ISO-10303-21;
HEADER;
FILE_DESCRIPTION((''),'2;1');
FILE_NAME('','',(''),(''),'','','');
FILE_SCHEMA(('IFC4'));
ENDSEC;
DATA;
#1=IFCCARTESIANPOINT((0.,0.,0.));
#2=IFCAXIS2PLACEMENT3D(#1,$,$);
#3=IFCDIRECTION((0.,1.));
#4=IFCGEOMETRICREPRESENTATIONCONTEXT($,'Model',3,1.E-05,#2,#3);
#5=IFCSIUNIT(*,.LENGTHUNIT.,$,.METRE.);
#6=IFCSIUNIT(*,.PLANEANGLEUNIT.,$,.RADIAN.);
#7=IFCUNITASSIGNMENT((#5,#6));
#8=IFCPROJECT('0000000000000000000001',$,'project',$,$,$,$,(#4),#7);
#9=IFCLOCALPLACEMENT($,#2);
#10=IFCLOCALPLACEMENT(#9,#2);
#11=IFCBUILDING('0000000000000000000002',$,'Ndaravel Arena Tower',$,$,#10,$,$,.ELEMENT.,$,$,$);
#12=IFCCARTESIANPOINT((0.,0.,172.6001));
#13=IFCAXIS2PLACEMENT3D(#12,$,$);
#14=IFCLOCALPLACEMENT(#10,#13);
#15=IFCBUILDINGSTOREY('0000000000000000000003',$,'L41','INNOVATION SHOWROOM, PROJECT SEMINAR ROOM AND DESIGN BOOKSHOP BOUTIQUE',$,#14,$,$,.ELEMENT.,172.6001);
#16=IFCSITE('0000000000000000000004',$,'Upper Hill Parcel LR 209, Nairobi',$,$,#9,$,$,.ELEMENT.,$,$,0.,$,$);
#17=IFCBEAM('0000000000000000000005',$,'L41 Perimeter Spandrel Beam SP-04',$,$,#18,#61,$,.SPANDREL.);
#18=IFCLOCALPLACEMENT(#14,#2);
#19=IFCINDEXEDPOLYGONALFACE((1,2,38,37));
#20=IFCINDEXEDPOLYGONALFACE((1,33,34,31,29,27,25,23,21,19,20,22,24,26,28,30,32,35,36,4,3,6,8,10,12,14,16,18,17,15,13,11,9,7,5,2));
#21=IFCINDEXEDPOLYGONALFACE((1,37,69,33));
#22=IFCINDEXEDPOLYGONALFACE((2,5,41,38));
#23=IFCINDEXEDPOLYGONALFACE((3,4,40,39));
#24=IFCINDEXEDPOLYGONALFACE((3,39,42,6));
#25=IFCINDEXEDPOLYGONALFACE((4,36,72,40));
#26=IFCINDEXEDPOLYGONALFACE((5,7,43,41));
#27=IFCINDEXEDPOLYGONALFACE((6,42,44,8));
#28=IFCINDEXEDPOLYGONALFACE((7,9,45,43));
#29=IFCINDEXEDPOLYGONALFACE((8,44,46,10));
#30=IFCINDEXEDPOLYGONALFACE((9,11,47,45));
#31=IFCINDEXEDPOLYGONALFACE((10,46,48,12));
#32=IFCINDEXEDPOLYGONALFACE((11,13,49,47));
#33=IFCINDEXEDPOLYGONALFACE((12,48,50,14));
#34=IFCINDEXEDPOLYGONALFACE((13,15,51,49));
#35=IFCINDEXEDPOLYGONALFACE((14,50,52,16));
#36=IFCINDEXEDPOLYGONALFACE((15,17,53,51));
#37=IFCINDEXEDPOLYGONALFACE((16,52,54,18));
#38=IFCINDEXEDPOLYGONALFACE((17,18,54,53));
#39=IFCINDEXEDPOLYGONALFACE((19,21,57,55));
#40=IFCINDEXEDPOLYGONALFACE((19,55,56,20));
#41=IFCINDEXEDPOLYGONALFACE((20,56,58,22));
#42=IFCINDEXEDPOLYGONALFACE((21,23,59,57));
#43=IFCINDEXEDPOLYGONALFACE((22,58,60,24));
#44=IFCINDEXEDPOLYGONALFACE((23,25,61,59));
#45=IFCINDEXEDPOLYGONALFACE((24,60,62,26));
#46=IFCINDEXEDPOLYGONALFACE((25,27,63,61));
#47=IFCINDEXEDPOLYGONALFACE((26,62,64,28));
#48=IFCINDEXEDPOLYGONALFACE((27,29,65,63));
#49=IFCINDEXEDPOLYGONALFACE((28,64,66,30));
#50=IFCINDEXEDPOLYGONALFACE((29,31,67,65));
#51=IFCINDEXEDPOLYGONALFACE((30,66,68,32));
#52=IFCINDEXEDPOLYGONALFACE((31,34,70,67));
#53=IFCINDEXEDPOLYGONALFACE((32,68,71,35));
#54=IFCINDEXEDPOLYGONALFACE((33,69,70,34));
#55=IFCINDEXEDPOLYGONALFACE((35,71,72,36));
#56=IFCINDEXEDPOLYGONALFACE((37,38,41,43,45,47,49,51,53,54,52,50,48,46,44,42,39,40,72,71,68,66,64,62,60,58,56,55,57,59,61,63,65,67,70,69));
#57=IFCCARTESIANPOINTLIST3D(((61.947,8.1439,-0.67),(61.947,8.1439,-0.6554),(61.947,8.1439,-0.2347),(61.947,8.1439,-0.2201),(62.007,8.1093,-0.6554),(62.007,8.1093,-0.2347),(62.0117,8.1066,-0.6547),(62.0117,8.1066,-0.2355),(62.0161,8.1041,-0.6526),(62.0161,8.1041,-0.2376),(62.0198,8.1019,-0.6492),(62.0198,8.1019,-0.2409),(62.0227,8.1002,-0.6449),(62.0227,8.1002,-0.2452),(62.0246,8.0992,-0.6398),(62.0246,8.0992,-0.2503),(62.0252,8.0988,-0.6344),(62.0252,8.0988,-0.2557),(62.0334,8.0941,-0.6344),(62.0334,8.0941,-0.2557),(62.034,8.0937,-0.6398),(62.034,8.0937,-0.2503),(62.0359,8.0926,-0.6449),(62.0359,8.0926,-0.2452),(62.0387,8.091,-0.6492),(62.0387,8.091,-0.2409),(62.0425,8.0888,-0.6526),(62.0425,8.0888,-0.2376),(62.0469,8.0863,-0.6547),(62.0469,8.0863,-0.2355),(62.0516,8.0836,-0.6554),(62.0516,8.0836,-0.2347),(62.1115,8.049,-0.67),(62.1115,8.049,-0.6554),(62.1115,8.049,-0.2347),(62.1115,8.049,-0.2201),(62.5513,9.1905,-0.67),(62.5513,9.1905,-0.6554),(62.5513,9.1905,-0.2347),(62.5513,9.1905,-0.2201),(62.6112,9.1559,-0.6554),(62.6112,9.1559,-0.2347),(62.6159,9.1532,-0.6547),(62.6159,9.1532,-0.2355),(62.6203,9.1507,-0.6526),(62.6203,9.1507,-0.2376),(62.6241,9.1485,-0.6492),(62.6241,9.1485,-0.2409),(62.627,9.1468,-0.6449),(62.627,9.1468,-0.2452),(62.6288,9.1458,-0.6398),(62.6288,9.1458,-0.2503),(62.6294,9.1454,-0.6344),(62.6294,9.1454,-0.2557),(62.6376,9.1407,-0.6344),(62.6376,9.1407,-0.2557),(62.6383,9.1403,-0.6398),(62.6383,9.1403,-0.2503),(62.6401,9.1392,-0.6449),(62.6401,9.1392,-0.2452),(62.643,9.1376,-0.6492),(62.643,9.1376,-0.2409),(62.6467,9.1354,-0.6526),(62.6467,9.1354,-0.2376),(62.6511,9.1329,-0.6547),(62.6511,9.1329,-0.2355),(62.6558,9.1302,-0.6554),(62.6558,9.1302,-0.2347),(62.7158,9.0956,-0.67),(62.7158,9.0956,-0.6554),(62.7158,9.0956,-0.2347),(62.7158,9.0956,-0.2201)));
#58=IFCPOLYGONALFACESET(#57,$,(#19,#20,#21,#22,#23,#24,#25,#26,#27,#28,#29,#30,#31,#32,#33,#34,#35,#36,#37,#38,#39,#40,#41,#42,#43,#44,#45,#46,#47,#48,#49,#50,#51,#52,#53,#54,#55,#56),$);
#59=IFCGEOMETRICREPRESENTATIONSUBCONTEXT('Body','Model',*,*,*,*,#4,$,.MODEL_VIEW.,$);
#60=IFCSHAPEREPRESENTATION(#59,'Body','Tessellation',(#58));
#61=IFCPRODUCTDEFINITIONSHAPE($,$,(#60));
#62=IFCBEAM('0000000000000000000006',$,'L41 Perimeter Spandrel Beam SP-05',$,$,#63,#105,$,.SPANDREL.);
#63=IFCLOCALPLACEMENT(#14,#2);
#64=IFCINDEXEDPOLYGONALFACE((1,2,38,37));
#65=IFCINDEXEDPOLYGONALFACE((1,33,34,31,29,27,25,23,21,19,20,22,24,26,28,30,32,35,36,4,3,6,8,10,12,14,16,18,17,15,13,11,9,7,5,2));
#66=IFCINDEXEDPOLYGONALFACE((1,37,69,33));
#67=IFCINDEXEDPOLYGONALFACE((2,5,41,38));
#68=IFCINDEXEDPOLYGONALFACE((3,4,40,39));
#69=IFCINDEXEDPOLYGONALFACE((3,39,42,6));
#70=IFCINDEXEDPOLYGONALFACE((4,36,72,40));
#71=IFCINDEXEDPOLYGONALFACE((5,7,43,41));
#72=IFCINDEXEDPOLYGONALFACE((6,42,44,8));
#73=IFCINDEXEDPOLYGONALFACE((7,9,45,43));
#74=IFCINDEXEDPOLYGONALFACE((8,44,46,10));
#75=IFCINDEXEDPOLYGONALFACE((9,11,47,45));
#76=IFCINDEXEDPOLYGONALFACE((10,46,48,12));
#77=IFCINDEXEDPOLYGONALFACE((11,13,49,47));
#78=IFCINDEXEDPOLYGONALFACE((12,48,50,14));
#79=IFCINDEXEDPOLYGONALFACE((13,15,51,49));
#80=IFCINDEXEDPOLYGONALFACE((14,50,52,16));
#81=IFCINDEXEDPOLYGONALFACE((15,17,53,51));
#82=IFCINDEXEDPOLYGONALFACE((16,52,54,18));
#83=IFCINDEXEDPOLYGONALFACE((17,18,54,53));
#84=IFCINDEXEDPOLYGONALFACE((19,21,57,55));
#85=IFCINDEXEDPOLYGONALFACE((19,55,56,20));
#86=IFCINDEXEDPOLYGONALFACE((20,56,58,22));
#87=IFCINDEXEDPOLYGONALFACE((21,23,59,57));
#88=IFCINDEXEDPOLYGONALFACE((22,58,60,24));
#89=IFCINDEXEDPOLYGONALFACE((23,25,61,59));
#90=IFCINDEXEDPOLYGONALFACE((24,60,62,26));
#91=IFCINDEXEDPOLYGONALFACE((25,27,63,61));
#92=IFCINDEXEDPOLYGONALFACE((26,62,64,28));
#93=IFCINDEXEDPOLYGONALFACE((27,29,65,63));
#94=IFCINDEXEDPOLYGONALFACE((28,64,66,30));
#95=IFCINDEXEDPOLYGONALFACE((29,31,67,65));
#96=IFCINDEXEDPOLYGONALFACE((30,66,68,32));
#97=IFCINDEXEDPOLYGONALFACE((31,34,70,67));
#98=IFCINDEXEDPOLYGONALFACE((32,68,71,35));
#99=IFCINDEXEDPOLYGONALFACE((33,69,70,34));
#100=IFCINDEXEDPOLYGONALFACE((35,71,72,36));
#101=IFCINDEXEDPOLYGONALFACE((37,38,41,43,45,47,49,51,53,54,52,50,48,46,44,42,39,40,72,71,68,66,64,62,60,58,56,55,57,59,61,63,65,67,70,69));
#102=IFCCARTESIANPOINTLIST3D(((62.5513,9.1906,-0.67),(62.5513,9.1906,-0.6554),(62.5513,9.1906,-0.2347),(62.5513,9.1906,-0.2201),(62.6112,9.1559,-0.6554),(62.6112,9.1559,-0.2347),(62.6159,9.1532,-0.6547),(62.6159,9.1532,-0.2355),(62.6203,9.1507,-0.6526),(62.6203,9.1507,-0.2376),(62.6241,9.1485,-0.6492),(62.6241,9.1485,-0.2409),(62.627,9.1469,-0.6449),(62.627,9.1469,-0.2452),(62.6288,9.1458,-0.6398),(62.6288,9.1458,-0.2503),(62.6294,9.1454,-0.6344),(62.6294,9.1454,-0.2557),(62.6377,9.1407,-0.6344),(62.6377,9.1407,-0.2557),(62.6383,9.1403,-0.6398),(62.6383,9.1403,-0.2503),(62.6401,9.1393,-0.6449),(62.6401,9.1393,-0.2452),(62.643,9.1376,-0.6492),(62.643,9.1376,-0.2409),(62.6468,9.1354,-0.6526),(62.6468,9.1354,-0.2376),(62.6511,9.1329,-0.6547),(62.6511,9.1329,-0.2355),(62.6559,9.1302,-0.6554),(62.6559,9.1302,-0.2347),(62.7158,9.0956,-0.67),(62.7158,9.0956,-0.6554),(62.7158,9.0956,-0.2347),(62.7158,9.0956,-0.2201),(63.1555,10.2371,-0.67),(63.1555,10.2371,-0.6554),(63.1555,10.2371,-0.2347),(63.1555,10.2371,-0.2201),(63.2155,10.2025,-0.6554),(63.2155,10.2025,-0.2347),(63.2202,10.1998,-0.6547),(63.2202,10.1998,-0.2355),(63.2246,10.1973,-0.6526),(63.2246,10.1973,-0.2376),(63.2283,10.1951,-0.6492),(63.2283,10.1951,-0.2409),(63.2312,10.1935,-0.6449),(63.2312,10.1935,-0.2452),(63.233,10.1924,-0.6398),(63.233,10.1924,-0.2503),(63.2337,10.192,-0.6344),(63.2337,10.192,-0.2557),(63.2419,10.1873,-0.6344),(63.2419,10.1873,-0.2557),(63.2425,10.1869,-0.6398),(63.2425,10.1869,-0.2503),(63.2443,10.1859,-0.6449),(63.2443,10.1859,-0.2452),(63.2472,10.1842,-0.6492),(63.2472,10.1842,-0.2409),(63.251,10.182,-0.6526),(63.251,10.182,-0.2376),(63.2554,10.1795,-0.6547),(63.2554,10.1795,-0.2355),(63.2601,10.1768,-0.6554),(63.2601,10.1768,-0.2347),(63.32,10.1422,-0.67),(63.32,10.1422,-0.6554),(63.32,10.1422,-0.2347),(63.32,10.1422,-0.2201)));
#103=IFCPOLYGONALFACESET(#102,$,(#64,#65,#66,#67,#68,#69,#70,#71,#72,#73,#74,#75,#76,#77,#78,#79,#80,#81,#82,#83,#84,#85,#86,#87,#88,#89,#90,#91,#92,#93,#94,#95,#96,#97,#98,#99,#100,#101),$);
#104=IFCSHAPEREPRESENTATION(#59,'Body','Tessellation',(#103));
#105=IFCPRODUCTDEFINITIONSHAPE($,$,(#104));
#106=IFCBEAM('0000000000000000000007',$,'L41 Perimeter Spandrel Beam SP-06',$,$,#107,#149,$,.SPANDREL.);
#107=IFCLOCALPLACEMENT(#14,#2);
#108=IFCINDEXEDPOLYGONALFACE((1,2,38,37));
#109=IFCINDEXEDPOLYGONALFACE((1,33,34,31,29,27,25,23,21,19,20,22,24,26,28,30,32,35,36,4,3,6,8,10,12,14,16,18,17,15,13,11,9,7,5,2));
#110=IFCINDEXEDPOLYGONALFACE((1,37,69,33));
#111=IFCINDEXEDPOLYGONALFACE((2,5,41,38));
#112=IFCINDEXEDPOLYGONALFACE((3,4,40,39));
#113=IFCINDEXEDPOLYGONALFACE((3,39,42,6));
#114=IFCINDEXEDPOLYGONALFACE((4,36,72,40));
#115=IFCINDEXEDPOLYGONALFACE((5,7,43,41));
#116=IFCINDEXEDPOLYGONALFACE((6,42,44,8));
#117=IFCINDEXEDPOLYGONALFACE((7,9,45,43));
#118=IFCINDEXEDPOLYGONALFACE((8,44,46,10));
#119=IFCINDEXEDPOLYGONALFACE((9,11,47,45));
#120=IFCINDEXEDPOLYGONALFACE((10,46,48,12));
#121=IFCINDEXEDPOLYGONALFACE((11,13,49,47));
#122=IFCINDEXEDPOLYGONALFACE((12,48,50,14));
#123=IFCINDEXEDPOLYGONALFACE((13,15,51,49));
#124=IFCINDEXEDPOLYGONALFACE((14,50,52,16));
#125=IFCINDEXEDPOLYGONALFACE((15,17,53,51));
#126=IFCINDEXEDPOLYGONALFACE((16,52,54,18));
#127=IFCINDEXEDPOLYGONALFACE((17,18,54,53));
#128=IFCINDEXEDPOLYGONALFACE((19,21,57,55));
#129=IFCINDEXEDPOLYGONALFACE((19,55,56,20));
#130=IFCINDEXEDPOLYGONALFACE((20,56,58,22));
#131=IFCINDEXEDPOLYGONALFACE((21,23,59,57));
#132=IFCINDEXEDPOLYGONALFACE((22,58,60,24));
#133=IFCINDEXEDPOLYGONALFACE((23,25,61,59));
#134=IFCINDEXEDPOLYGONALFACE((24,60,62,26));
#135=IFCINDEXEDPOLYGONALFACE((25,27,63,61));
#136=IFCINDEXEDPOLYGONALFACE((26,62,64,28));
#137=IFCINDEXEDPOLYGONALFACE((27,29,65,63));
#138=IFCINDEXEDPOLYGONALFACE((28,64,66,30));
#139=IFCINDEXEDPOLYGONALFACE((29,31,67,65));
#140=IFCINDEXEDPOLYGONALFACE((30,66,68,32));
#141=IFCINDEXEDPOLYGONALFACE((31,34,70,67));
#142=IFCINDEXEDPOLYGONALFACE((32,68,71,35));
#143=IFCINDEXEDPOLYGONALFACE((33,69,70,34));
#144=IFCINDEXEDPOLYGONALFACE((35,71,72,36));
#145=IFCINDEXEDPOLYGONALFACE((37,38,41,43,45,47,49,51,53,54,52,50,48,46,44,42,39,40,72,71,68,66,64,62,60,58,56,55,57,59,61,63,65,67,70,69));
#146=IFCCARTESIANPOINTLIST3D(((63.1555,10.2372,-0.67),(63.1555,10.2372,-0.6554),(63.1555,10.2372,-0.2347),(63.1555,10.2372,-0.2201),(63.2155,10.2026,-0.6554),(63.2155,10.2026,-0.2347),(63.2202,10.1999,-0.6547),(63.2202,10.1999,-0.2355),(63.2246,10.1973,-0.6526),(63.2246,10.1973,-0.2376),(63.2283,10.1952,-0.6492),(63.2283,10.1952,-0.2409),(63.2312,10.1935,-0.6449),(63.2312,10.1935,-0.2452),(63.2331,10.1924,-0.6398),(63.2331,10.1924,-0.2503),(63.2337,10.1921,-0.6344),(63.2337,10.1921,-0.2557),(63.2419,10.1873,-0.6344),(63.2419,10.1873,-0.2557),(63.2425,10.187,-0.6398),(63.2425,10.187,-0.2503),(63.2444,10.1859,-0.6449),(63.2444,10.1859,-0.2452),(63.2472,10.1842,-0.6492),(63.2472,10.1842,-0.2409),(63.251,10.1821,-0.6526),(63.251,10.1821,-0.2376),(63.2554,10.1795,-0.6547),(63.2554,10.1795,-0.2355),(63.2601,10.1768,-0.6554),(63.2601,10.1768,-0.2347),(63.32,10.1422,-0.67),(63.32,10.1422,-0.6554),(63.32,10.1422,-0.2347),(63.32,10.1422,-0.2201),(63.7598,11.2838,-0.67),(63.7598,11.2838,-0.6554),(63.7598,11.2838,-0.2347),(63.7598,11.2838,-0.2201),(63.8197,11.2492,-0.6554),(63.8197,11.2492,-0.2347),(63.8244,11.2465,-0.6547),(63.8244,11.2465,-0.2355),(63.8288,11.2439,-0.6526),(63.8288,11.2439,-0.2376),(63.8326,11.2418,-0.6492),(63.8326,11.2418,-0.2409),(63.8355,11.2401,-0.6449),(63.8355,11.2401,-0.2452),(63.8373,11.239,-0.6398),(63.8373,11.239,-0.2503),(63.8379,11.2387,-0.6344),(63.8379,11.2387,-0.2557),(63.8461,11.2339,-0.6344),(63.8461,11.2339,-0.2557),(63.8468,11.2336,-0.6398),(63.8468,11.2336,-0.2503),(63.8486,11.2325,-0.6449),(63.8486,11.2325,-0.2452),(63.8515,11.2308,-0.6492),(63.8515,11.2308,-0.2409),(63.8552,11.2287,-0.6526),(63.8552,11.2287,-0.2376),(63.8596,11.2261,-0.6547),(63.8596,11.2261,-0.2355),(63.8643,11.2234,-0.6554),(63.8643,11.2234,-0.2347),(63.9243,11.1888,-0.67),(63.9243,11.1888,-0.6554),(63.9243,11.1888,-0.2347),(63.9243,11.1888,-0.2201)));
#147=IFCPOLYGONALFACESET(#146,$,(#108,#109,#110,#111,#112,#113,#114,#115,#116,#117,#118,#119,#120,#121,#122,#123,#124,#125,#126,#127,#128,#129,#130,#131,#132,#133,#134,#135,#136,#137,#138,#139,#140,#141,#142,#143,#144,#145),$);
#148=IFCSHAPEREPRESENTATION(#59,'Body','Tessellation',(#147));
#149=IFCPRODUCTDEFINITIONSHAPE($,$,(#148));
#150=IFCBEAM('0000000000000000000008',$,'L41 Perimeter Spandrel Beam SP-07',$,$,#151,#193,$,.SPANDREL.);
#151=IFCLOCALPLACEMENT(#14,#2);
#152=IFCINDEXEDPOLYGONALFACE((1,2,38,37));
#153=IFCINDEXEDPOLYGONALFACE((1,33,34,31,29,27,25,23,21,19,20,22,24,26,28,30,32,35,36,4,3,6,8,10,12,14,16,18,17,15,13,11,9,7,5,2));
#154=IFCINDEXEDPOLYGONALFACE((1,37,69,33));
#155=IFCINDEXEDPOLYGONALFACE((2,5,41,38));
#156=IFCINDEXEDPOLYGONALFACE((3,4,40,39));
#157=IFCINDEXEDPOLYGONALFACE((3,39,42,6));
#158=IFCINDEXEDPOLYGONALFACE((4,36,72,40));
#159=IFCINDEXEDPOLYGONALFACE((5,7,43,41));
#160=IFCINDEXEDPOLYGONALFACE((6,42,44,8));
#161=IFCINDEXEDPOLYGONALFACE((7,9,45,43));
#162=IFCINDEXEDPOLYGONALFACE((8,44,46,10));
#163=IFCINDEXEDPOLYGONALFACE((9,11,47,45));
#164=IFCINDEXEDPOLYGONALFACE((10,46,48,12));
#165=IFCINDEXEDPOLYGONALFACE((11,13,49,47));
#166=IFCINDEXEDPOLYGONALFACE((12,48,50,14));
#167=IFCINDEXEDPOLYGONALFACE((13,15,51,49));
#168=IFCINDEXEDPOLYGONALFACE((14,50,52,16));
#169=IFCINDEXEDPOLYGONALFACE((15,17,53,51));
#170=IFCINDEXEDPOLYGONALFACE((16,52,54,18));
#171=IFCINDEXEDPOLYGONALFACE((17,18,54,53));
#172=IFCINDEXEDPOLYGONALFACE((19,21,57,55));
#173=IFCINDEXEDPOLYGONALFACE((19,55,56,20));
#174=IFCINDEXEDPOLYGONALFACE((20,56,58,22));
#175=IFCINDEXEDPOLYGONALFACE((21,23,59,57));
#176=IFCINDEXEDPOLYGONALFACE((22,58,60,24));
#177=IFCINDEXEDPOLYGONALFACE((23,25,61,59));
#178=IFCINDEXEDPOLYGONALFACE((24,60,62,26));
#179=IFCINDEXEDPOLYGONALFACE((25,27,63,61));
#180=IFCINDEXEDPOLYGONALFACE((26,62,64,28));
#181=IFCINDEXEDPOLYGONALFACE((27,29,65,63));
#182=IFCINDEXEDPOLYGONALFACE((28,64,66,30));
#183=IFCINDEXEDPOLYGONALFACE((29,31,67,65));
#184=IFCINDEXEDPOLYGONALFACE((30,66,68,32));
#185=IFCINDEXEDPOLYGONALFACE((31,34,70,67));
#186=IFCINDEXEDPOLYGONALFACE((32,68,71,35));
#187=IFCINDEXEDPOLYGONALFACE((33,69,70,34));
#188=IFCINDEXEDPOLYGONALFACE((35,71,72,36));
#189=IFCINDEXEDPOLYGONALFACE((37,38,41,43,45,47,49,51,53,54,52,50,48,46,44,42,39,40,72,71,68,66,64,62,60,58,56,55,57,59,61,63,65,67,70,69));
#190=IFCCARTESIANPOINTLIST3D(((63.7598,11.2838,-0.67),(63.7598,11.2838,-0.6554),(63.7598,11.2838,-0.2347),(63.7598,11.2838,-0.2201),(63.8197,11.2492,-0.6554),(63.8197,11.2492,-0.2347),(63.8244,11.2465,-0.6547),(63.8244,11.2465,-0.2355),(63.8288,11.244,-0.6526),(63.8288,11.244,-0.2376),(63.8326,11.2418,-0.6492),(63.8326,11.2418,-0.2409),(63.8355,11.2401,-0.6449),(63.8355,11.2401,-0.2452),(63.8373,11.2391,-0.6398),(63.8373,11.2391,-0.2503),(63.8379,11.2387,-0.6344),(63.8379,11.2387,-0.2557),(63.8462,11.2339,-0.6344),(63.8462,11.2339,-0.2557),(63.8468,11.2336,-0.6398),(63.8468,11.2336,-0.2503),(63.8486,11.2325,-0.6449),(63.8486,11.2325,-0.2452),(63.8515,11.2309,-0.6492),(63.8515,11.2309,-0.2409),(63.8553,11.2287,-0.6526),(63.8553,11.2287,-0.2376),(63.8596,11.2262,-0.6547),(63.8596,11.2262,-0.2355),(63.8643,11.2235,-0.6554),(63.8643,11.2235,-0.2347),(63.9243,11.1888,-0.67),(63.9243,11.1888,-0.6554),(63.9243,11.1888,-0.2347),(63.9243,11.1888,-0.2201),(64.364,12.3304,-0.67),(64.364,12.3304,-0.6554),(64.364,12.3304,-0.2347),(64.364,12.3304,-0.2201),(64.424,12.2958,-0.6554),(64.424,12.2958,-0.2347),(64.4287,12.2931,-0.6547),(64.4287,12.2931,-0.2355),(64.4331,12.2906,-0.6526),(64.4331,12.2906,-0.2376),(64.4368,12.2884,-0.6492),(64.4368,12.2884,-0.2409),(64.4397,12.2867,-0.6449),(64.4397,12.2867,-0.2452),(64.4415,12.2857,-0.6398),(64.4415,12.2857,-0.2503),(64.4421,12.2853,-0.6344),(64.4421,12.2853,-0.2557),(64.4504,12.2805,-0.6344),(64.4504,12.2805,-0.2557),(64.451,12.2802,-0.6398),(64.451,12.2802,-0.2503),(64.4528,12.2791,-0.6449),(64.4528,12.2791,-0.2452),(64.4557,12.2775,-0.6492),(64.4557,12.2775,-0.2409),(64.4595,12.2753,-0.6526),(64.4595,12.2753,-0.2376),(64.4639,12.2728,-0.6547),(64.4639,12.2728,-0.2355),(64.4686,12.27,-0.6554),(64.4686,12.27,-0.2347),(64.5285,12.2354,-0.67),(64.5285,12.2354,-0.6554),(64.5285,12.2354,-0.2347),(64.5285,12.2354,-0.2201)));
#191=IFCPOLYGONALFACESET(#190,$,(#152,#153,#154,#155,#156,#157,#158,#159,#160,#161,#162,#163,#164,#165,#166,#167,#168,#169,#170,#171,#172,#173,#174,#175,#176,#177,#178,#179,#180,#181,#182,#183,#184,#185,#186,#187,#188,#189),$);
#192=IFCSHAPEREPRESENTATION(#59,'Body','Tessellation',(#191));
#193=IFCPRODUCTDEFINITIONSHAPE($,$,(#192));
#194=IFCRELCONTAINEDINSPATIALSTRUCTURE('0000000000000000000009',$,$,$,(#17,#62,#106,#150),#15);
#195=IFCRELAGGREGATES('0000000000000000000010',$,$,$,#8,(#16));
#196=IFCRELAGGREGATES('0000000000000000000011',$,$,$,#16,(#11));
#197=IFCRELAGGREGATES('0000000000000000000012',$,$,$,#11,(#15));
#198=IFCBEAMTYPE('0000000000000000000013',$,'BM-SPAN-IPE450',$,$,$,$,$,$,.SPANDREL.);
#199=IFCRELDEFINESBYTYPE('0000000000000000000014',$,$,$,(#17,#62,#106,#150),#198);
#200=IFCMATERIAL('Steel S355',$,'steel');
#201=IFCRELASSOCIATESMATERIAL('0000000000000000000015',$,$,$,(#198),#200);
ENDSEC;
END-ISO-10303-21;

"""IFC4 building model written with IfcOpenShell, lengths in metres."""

from ifc_helpers import new_model, si_unit, direction, frame, origin, origin_2d, place, context, subcontext, project, spatial, i_section, extrude, material, material_profile, profile_set, type_object, element, save


model = new_model("IFC4")

# Units and contexts
model_context = context("Model", 3, precision=1e-05, world=origin(), true_north=direction((0.0, 1.0)))
body_context = subcontext(model_context, "Body", "Model", "MODEL_VIEW")
ifc_project = project(units=[si_unit("LENGTHUNIT", "METRE"), si_unit("PLANEANGLEUNIT", "RADIAN")], contexts=[model_context])

# Site, building, storey
site_placement = place(None, origin())
site = spatial("IfcSite", under=ifc_project, at=site_placement, Name="Upper Hill Parcel LR 209, Nairobi", CompositionType="ELEMENT", RefElevation=0.0)
building_placement = place(site_placement, origin())
building = spatial("IfcBuilding", under=site, at=building_placement, Name="Ndaravel Arena Tower", CompositionType="ELEMENT")
storey_placement = place(building_placement, frame((0.0, 0.0, 172.6001)))
storey = spatial("IfcBuildingStorey", under=building, at=storey_placement, Name="L41", Description="INNOVATION SHOWROOM, PROJECT SEMINAR ROOM AND DESIGN BOOKSHOP BOUTIQUE", CompositionType="ELEMENT", Elevation=172.6001)

# Beams
ifc_material_1 = material(Name="Steel S355", Category="steel")
ifc_material_profile_1 = material_profile(ifc_material_1, i_section(OverallWidth=0.1899, OverallDepth=0.45, WebThickness=0.0095, FlangeThickness=0.0146, FilletRadius=0.021, at=origin_2d()), Name="IPE 450")
ifc_profile_set_1 = profile_set([ifc_material_profile_1], Name="Steel S355")
beam_type = type_object("IfcBeamType", Name="BM-SPAN-IPE450", PredefinedType="SPANDREL", material=ifc_profile_set_1)
for number, where, z_axis, x_axis, name in (
    (1, (62.0293, 8.0964, -0.4451), (0.499985, 0.866034, 0.0), (-0.866034, 0.499985, 0.0), "L41 Perimeter Spandrel Beam SP-04"),
    (2, (62.6335, 9.1431, -0.4451), (0.499985, 0.866034, 0.0), (-0.866034, 0.499985, 0.0), "L41 Perimeter Spandrel Beam SP-05"),
    (3, (63.2378, 10.1897, -0.4451), (0.499985, 0.866034, 0.0), (-0.866034, 0.499985, 0.0), "L41 Perimeter Spandrel Beam SP-06"),
    (4, (63.842, 11.2363, -0.4451), (0.499985, 0.866034, 0.0), (-0.866034, 0.499985, 0.0), "L41 Perimeter Spandrel Beam SP-07"),
):
    element("IfcBeam", number, at=place(storey_placement, frame(where, z_axis=z_axis, x_axis=x_axis)), inside=storey, type_object=beam_type, Name=name, PredefinedType="SPANDREL", context=body_context, shape_type="SweptSolid", body=[
        extrude(i_section(OverallWidth=0.1899, OverallDepth=0.45, WebThickness=0.0095, FlangeThickness=0.0146, FilletRadius=0.021, at=origin_2d()), origin(), (0.0, 0.0, 1.0), 1.2085),
    ])

save(model, "model.ifc")
